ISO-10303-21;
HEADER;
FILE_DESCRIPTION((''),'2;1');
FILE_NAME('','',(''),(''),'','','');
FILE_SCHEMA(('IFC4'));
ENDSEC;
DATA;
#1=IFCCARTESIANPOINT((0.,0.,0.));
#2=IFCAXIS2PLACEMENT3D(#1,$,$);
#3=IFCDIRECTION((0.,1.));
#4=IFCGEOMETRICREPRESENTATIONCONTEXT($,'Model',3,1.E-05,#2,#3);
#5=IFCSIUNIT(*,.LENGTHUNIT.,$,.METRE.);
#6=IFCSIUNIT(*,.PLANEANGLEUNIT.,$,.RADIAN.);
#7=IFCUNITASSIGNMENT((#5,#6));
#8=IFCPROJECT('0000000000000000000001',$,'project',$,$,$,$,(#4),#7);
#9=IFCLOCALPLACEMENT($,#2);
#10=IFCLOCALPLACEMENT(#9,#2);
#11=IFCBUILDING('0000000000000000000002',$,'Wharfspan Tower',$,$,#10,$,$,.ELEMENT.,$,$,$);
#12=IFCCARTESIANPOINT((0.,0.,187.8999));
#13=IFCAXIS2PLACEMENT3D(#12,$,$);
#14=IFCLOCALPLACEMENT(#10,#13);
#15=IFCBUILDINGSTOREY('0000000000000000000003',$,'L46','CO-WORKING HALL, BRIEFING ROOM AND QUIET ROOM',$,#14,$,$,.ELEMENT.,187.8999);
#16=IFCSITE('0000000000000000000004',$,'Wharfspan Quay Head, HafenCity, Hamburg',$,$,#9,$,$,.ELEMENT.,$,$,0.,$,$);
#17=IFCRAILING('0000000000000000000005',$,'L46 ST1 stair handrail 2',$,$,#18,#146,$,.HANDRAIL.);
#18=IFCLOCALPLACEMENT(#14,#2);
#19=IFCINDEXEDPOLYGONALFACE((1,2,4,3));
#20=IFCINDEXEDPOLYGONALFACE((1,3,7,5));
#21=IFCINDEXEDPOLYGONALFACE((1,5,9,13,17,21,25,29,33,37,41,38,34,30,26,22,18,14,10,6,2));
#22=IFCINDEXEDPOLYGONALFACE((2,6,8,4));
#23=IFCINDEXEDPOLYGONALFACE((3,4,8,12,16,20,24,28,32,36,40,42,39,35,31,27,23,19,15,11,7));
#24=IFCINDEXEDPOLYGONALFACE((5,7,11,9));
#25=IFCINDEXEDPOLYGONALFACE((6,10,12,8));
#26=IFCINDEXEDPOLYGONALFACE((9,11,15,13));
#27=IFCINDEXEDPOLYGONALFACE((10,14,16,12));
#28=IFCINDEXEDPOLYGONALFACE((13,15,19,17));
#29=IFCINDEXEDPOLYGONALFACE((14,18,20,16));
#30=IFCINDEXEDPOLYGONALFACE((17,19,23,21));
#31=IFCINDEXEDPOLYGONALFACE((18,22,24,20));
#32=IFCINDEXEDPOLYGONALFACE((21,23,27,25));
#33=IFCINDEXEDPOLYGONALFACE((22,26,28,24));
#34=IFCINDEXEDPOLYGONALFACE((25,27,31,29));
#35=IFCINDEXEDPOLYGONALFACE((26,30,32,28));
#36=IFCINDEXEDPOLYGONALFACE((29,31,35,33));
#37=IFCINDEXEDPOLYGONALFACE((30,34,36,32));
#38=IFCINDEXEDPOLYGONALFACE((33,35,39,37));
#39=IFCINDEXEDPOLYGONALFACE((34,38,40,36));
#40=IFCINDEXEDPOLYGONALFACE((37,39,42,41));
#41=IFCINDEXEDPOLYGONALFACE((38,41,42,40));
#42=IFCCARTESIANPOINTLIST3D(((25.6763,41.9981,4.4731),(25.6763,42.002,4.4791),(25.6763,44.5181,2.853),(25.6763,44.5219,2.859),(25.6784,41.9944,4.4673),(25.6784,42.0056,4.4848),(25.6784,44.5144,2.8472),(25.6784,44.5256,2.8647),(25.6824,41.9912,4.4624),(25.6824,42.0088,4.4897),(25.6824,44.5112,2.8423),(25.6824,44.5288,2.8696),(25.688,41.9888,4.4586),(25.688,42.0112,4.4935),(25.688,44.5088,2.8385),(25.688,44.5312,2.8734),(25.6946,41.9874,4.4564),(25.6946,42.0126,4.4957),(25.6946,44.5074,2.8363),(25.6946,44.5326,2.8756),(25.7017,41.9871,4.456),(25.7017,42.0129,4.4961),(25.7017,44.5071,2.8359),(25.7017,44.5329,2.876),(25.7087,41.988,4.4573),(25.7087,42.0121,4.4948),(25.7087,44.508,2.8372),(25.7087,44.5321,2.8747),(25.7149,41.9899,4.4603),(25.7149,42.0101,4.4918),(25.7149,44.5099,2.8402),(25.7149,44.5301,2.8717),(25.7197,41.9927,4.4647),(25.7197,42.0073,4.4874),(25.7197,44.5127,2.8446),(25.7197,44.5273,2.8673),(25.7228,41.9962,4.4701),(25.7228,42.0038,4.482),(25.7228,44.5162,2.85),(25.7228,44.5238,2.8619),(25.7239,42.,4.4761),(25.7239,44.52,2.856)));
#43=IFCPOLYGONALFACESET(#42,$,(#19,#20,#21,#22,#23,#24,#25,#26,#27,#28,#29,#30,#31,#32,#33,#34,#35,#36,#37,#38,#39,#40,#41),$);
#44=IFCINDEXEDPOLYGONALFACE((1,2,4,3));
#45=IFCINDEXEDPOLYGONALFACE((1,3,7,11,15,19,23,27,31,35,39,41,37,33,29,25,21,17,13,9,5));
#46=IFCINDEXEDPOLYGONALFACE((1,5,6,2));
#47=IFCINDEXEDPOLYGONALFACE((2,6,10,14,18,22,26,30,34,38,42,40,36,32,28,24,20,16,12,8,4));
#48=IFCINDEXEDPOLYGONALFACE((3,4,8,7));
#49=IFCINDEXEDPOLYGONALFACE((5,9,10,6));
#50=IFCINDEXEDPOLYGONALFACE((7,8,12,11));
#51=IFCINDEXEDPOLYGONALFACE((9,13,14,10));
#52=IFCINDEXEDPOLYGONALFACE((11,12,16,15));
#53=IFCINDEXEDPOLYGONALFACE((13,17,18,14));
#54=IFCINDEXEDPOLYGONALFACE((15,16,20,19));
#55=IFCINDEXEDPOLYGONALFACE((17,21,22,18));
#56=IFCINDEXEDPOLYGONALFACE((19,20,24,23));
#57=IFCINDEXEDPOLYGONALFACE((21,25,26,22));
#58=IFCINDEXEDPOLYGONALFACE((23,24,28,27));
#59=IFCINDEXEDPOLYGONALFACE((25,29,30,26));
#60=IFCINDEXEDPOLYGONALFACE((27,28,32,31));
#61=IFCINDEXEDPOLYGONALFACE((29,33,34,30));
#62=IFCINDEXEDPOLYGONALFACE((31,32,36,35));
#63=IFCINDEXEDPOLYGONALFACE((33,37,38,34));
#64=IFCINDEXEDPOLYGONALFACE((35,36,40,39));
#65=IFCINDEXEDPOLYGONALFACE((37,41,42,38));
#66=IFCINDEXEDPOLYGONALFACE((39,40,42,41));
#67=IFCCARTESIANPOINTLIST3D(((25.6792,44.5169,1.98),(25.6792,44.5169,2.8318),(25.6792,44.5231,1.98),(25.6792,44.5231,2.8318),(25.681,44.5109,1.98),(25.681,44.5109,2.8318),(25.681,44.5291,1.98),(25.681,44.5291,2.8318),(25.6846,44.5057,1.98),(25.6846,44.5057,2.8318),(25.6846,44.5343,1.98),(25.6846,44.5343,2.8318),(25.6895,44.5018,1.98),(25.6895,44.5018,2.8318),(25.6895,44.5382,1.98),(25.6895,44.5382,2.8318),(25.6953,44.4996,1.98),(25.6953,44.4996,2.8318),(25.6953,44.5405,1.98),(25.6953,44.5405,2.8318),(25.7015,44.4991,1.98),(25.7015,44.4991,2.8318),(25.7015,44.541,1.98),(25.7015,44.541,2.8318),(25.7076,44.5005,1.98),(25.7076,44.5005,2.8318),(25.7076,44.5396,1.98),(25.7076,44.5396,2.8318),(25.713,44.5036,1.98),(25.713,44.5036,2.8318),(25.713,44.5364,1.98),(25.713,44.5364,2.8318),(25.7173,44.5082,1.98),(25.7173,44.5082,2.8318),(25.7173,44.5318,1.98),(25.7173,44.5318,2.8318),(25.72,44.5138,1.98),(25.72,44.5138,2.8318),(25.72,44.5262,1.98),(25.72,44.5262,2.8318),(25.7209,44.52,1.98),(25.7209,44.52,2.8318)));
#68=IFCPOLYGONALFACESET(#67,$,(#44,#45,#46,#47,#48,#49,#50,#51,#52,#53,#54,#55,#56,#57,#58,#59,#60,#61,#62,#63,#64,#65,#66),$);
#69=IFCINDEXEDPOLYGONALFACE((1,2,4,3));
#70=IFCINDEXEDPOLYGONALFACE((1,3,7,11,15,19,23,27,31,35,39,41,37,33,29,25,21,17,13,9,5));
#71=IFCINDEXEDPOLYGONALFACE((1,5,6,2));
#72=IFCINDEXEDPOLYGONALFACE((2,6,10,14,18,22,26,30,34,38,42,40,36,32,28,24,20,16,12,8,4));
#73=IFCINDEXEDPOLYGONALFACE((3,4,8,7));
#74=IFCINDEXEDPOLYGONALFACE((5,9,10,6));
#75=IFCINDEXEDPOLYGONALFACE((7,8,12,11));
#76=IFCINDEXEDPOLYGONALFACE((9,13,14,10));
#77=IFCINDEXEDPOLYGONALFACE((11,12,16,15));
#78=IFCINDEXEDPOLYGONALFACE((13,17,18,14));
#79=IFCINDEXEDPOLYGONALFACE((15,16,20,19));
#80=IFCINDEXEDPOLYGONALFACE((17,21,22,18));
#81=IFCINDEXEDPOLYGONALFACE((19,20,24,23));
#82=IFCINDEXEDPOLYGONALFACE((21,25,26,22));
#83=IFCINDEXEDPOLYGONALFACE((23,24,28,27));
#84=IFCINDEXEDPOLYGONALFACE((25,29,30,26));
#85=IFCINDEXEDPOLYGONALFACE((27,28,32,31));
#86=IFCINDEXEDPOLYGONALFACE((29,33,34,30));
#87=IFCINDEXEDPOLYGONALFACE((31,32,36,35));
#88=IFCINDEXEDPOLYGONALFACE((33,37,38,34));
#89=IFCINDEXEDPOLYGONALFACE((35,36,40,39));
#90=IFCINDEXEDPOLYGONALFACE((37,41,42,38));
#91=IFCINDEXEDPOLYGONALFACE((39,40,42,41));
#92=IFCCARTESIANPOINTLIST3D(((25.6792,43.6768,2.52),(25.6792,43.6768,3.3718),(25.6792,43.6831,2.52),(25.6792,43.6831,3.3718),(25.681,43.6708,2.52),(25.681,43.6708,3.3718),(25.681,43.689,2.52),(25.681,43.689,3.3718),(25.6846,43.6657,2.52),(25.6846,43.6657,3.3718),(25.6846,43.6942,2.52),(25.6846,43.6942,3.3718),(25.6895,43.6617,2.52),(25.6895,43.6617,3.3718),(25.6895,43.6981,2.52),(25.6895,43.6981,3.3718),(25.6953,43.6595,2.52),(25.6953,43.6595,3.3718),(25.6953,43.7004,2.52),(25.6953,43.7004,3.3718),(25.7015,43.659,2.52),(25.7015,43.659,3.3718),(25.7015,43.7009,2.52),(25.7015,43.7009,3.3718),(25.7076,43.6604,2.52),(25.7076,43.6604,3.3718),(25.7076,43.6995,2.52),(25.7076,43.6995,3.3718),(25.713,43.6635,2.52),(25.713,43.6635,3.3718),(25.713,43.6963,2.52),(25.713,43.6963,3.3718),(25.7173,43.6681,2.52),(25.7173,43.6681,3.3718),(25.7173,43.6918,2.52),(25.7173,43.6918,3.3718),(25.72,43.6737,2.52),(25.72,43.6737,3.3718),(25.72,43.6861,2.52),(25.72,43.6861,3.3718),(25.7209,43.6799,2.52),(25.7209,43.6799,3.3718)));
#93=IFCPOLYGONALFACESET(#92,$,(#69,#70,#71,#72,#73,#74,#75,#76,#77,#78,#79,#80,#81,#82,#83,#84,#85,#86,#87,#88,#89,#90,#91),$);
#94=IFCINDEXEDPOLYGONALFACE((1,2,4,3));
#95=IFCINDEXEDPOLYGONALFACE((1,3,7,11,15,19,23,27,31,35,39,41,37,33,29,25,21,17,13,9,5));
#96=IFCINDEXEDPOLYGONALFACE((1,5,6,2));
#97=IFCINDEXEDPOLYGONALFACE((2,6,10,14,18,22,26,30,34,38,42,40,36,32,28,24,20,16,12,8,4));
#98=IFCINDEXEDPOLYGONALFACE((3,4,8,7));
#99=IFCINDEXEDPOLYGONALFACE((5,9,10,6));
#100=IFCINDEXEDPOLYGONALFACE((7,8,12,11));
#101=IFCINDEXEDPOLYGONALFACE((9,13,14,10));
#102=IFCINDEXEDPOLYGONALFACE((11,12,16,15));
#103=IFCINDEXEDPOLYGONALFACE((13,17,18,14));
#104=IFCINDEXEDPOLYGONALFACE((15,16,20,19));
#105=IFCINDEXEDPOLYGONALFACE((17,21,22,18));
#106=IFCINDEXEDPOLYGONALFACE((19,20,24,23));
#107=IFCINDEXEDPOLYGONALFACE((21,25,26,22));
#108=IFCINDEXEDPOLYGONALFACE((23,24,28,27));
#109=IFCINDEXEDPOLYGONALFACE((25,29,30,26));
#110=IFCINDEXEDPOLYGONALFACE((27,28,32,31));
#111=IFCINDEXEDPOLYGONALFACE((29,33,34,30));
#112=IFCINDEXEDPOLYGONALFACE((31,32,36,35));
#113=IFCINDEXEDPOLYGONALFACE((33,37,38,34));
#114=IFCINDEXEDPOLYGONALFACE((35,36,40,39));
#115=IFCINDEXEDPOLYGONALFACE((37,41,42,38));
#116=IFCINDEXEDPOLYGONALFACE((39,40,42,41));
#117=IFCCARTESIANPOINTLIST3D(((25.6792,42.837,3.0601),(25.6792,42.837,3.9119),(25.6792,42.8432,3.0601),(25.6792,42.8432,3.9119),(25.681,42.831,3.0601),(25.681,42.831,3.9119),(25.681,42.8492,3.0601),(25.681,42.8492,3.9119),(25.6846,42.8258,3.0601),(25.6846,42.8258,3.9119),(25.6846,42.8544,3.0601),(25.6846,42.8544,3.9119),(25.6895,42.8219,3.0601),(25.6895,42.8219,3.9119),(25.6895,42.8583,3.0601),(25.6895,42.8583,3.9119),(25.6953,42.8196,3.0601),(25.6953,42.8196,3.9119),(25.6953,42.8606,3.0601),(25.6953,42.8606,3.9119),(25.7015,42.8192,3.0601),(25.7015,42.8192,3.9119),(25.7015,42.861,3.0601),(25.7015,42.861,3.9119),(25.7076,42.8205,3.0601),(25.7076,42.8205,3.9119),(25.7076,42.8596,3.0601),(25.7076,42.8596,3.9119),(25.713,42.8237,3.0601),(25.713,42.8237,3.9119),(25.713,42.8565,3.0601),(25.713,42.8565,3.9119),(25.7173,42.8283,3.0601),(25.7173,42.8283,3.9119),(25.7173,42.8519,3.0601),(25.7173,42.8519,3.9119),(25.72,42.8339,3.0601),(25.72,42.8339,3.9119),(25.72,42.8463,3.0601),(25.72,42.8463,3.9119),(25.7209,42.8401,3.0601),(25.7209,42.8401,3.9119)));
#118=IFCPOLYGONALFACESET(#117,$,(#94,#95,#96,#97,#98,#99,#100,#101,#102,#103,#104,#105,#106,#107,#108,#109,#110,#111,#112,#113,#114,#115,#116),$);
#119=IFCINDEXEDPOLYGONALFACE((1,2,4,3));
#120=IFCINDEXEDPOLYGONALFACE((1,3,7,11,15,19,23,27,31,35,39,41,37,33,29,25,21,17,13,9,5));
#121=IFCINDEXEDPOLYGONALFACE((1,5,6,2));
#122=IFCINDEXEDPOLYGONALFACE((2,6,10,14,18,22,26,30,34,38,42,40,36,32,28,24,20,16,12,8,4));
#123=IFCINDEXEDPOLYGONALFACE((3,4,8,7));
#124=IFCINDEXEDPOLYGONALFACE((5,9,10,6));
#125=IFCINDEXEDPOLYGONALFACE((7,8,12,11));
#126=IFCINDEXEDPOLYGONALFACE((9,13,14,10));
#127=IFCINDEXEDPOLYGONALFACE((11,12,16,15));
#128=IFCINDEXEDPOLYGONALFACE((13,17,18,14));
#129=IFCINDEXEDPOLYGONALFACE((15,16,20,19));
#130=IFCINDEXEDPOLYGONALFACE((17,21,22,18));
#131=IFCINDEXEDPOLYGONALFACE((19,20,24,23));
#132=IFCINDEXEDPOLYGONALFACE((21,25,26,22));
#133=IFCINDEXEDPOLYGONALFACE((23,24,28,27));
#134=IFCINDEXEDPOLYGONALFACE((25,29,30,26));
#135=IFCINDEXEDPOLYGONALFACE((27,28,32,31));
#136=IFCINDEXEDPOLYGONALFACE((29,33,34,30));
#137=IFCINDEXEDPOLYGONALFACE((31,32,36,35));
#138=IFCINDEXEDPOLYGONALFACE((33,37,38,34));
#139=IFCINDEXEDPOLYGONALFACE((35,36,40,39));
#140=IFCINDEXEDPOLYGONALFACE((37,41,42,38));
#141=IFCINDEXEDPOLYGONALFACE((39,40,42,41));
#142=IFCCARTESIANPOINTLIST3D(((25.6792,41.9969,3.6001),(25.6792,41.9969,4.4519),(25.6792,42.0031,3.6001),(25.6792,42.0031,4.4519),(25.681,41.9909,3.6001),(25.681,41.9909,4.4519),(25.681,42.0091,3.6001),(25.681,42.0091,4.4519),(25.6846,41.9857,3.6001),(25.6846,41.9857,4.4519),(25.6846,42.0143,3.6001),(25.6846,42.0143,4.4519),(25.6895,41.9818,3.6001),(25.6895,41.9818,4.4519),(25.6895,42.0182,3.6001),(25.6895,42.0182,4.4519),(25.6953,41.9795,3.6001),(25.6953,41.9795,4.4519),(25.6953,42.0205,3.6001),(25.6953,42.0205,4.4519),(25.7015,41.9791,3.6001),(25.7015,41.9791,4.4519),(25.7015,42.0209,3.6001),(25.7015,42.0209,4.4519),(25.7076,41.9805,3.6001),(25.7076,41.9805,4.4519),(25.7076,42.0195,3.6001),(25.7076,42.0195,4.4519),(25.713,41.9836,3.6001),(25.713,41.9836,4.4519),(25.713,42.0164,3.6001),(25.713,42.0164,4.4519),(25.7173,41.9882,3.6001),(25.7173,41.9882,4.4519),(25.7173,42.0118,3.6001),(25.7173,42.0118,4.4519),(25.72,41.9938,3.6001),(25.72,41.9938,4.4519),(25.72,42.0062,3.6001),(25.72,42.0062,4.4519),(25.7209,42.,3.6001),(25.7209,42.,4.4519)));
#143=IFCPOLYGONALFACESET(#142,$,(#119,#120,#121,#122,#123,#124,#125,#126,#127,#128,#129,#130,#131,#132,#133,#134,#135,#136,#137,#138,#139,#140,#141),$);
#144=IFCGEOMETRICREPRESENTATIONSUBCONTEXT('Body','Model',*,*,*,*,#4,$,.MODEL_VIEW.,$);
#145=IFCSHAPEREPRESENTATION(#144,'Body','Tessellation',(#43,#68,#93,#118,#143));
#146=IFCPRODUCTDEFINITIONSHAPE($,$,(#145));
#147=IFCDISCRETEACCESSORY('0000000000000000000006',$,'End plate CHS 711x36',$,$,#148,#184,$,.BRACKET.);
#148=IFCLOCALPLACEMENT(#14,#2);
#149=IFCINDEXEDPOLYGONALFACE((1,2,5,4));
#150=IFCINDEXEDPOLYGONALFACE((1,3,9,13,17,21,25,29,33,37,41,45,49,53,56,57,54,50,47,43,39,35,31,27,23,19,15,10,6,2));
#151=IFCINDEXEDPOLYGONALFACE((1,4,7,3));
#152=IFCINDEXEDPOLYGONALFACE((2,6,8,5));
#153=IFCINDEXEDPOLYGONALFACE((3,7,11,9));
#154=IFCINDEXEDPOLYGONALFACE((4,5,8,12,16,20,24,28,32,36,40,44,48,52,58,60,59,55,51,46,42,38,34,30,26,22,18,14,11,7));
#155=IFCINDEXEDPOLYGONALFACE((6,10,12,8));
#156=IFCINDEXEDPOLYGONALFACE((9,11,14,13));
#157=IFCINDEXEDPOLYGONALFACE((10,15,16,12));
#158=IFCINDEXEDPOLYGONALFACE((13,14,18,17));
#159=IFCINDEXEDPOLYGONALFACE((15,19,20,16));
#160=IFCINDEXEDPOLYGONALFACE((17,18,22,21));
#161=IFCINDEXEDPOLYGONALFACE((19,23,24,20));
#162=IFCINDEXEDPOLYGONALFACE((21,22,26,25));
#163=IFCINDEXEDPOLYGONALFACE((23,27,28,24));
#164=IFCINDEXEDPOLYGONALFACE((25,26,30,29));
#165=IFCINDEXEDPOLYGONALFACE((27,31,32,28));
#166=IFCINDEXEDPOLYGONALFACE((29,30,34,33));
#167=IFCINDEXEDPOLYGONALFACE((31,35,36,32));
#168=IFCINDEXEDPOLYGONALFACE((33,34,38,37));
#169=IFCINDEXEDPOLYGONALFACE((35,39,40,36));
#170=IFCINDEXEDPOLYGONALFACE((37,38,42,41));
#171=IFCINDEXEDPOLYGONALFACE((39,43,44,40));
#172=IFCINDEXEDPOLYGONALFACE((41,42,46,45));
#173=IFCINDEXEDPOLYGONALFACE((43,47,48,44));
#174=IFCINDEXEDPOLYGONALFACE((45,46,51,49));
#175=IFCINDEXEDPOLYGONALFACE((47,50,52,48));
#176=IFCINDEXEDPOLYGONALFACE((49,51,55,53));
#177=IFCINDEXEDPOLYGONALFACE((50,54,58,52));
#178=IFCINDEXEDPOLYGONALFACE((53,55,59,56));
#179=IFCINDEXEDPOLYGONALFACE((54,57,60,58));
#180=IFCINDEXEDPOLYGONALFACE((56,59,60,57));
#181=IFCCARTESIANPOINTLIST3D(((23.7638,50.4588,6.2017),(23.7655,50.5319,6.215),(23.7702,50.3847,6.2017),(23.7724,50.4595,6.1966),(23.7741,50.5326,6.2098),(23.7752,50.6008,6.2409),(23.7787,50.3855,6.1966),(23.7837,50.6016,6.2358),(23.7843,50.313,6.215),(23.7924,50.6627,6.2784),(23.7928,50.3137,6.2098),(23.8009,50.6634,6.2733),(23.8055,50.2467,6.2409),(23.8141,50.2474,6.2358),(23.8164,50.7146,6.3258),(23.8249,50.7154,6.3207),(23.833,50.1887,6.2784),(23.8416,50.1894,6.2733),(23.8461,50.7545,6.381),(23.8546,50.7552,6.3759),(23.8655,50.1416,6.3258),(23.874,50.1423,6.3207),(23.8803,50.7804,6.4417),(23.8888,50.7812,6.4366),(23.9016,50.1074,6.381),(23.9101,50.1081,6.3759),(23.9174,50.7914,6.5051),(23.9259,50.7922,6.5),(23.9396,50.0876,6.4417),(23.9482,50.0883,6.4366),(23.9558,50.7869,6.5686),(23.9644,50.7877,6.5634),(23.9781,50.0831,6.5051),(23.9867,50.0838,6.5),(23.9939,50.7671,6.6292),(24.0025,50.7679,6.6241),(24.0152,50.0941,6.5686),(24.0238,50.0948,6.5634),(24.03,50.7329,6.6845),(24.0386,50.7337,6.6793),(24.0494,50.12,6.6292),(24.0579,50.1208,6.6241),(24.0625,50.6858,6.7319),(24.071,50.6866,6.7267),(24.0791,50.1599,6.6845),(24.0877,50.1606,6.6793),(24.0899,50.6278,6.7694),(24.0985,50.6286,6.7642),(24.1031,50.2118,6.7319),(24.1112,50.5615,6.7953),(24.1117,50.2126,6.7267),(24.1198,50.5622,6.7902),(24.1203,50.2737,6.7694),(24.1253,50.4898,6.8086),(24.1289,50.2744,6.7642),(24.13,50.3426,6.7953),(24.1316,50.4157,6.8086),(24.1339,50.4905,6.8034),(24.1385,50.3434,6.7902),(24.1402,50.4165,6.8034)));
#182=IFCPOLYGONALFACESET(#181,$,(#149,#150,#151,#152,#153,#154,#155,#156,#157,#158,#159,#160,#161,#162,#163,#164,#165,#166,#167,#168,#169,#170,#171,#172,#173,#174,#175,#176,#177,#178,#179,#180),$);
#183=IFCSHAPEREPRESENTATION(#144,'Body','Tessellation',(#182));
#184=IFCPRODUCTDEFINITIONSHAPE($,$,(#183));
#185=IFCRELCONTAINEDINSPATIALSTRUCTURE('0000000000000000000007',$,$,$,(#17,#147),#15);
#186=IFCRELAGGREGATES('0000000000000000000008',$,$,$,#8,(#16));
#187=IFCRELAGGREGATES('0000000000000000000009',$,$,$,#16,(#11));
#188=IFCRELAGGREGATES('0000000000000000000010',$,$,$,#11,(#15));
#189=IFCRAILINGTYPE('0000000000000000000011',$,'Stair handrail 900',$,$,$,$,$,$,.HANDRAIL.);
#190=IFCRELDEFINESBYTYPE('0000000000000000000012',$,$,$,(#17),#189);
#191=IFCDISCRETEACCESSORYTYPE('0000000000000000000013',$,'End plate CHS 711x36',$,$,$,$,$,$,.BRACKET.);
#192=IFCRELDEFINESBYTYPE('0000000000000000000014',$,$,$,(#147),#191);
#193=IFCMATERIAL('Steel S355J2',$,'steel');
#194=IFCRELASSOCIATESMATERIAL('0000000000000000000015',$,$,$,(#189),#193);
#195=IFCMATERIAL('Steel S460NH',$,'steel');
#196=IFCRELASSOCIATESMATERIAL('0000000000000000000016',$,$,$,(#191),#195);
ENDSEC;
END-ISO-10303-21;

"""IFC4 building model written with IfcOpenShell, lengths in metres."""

from ifc_helpers import new_model, si_unit, direction, frame, origin, origin_2d, place, context, subcontext, project, spatial, circle, extrude, material, material_profile, profile_set, type_object, element, save


model = new_model("IFC4")

# Units and contexts
model_context = context("Model", 3, precision=1e-05, world=origin(), true_north=direction((0.0, 1.0)))
body_context = subcontext(model_context, "Body", "Model", "MODEL_VIEW")
ifc_project = project(units=[si_unit("LENGTHUNIT", "METRE"), si_unit("PLANEANGLEUNIT", "RADIAN")], contexts=[model_context])

# Site, building, storey
site_placement = place(None, origin())
site = spatial("IfcSite", under=ifc_project, at=site_placement, Name="Wharfspan Quay Head, HafenCity, Hamburg", CompositionType="ELEMENT", RefElevation=0.0)
building_placement = place(site_placement, origin())
building = spatial("IfcBuilding", under=site, at=building_placement, Name="Wharfspan Tower", CompositionType="ELEMENT")
storey_placement = place(building_placement, frame((0.0, 0.0, 187.8999)))
storey = spatial("IfcBuildingStorey", under=building, at=storey_placement, Name="L46", Description="CO-WORKING HALL, BRIEFING ROOM AND QUIET ROOM", CompositionType="ELEMENT", Elevation=187.8999)

# Shared definitions
ifc_material_1 = material(Name="Steel S355J2", Category="steel")

# Railing
railing_type = type_object("IfcRailingType", Name="Stair handrail 900", PredefinedType="HANDRAIL", material=ifc_material_1)
railing_placement = place(storey_placement, frame((25.7, 44.52, 1.98)))
element("IfcRailing", 1, at=railing_placement, inside=storey, type_object=railing_type, Name="L46 ST1 stair handrail 2", PredefinedType="HANDRAIL", context=body_context, shape_type="SweptSolid", body=[
    extrude(circle(Radius=0.0239, at=origin_2d()), frame((0.0, 0.0, 0.876), z_axis=(0.0, -0.841163, 0.540782), x_axis=(1.0, 0.0, 0.0)), (0.0, 0.0, 1.0), 2.9958),
    extrude(circle(Radius=0.021, at=origin_2d()), origin(), (0.0, 0.0, 1.0), 0.8518),
    extrude(circle(Radius=0.021, at=origin_2d()), frame((0.0, -0.8401, 0.54)), (0.0, 0.0, 1.0), 0.8518),
    extrude(circle(Radius=0.021, at=origin_2d()), frame((0.0, -1.6799, 1.0801)), (0.0, 0.0, 1.0), 0.8518),
    extrude(circle(Radius=0.021, at=origin_2d()), frame((0.0, -2.52, 1.6201)), (0.0, 0.0, 1.0), 0.8518),
])

# Discrete accessory
ifc_material_2 = material(Name="Steel S460NH", Category="steel")
ifc_material_profile_1 = material_profile(ifc_material_2, circle(Radius=0.3555, at=origin_2d()))
ifc_profile_set_1 = profile_set([ifc_material_profile_1], Name="Steel S460NH")
discrete_accessory_type = type_object("IfcDiscreteAccessoryType", Name="End plate CHS 711x36", PredefinedType="BRACKET", material=ifc_profile_set_1)
discrete_accessory_placement = place(storey_placement, frame((23.9563, 50.438, 6.5), z_axis=(-0.855186, -0.073302, 0.513112), x_axis=(0.085402, -0.996345, 0.000001)))
element("IfcDiscreteAccessory", 2, at=discrete_accessory_placement, inside=storey, type_object=discrete_accessory_type, Name="End plate CHS 711x36", PredefinedType="BRACKET", context=body_context, shape_type="SweptSolid", body=[
    extrude(circle(Radius=0.3555, at=origin_2d()), origin(), (0.0, 0.0, 1.0), 0.01),
])

save(model, "model.ifc")
